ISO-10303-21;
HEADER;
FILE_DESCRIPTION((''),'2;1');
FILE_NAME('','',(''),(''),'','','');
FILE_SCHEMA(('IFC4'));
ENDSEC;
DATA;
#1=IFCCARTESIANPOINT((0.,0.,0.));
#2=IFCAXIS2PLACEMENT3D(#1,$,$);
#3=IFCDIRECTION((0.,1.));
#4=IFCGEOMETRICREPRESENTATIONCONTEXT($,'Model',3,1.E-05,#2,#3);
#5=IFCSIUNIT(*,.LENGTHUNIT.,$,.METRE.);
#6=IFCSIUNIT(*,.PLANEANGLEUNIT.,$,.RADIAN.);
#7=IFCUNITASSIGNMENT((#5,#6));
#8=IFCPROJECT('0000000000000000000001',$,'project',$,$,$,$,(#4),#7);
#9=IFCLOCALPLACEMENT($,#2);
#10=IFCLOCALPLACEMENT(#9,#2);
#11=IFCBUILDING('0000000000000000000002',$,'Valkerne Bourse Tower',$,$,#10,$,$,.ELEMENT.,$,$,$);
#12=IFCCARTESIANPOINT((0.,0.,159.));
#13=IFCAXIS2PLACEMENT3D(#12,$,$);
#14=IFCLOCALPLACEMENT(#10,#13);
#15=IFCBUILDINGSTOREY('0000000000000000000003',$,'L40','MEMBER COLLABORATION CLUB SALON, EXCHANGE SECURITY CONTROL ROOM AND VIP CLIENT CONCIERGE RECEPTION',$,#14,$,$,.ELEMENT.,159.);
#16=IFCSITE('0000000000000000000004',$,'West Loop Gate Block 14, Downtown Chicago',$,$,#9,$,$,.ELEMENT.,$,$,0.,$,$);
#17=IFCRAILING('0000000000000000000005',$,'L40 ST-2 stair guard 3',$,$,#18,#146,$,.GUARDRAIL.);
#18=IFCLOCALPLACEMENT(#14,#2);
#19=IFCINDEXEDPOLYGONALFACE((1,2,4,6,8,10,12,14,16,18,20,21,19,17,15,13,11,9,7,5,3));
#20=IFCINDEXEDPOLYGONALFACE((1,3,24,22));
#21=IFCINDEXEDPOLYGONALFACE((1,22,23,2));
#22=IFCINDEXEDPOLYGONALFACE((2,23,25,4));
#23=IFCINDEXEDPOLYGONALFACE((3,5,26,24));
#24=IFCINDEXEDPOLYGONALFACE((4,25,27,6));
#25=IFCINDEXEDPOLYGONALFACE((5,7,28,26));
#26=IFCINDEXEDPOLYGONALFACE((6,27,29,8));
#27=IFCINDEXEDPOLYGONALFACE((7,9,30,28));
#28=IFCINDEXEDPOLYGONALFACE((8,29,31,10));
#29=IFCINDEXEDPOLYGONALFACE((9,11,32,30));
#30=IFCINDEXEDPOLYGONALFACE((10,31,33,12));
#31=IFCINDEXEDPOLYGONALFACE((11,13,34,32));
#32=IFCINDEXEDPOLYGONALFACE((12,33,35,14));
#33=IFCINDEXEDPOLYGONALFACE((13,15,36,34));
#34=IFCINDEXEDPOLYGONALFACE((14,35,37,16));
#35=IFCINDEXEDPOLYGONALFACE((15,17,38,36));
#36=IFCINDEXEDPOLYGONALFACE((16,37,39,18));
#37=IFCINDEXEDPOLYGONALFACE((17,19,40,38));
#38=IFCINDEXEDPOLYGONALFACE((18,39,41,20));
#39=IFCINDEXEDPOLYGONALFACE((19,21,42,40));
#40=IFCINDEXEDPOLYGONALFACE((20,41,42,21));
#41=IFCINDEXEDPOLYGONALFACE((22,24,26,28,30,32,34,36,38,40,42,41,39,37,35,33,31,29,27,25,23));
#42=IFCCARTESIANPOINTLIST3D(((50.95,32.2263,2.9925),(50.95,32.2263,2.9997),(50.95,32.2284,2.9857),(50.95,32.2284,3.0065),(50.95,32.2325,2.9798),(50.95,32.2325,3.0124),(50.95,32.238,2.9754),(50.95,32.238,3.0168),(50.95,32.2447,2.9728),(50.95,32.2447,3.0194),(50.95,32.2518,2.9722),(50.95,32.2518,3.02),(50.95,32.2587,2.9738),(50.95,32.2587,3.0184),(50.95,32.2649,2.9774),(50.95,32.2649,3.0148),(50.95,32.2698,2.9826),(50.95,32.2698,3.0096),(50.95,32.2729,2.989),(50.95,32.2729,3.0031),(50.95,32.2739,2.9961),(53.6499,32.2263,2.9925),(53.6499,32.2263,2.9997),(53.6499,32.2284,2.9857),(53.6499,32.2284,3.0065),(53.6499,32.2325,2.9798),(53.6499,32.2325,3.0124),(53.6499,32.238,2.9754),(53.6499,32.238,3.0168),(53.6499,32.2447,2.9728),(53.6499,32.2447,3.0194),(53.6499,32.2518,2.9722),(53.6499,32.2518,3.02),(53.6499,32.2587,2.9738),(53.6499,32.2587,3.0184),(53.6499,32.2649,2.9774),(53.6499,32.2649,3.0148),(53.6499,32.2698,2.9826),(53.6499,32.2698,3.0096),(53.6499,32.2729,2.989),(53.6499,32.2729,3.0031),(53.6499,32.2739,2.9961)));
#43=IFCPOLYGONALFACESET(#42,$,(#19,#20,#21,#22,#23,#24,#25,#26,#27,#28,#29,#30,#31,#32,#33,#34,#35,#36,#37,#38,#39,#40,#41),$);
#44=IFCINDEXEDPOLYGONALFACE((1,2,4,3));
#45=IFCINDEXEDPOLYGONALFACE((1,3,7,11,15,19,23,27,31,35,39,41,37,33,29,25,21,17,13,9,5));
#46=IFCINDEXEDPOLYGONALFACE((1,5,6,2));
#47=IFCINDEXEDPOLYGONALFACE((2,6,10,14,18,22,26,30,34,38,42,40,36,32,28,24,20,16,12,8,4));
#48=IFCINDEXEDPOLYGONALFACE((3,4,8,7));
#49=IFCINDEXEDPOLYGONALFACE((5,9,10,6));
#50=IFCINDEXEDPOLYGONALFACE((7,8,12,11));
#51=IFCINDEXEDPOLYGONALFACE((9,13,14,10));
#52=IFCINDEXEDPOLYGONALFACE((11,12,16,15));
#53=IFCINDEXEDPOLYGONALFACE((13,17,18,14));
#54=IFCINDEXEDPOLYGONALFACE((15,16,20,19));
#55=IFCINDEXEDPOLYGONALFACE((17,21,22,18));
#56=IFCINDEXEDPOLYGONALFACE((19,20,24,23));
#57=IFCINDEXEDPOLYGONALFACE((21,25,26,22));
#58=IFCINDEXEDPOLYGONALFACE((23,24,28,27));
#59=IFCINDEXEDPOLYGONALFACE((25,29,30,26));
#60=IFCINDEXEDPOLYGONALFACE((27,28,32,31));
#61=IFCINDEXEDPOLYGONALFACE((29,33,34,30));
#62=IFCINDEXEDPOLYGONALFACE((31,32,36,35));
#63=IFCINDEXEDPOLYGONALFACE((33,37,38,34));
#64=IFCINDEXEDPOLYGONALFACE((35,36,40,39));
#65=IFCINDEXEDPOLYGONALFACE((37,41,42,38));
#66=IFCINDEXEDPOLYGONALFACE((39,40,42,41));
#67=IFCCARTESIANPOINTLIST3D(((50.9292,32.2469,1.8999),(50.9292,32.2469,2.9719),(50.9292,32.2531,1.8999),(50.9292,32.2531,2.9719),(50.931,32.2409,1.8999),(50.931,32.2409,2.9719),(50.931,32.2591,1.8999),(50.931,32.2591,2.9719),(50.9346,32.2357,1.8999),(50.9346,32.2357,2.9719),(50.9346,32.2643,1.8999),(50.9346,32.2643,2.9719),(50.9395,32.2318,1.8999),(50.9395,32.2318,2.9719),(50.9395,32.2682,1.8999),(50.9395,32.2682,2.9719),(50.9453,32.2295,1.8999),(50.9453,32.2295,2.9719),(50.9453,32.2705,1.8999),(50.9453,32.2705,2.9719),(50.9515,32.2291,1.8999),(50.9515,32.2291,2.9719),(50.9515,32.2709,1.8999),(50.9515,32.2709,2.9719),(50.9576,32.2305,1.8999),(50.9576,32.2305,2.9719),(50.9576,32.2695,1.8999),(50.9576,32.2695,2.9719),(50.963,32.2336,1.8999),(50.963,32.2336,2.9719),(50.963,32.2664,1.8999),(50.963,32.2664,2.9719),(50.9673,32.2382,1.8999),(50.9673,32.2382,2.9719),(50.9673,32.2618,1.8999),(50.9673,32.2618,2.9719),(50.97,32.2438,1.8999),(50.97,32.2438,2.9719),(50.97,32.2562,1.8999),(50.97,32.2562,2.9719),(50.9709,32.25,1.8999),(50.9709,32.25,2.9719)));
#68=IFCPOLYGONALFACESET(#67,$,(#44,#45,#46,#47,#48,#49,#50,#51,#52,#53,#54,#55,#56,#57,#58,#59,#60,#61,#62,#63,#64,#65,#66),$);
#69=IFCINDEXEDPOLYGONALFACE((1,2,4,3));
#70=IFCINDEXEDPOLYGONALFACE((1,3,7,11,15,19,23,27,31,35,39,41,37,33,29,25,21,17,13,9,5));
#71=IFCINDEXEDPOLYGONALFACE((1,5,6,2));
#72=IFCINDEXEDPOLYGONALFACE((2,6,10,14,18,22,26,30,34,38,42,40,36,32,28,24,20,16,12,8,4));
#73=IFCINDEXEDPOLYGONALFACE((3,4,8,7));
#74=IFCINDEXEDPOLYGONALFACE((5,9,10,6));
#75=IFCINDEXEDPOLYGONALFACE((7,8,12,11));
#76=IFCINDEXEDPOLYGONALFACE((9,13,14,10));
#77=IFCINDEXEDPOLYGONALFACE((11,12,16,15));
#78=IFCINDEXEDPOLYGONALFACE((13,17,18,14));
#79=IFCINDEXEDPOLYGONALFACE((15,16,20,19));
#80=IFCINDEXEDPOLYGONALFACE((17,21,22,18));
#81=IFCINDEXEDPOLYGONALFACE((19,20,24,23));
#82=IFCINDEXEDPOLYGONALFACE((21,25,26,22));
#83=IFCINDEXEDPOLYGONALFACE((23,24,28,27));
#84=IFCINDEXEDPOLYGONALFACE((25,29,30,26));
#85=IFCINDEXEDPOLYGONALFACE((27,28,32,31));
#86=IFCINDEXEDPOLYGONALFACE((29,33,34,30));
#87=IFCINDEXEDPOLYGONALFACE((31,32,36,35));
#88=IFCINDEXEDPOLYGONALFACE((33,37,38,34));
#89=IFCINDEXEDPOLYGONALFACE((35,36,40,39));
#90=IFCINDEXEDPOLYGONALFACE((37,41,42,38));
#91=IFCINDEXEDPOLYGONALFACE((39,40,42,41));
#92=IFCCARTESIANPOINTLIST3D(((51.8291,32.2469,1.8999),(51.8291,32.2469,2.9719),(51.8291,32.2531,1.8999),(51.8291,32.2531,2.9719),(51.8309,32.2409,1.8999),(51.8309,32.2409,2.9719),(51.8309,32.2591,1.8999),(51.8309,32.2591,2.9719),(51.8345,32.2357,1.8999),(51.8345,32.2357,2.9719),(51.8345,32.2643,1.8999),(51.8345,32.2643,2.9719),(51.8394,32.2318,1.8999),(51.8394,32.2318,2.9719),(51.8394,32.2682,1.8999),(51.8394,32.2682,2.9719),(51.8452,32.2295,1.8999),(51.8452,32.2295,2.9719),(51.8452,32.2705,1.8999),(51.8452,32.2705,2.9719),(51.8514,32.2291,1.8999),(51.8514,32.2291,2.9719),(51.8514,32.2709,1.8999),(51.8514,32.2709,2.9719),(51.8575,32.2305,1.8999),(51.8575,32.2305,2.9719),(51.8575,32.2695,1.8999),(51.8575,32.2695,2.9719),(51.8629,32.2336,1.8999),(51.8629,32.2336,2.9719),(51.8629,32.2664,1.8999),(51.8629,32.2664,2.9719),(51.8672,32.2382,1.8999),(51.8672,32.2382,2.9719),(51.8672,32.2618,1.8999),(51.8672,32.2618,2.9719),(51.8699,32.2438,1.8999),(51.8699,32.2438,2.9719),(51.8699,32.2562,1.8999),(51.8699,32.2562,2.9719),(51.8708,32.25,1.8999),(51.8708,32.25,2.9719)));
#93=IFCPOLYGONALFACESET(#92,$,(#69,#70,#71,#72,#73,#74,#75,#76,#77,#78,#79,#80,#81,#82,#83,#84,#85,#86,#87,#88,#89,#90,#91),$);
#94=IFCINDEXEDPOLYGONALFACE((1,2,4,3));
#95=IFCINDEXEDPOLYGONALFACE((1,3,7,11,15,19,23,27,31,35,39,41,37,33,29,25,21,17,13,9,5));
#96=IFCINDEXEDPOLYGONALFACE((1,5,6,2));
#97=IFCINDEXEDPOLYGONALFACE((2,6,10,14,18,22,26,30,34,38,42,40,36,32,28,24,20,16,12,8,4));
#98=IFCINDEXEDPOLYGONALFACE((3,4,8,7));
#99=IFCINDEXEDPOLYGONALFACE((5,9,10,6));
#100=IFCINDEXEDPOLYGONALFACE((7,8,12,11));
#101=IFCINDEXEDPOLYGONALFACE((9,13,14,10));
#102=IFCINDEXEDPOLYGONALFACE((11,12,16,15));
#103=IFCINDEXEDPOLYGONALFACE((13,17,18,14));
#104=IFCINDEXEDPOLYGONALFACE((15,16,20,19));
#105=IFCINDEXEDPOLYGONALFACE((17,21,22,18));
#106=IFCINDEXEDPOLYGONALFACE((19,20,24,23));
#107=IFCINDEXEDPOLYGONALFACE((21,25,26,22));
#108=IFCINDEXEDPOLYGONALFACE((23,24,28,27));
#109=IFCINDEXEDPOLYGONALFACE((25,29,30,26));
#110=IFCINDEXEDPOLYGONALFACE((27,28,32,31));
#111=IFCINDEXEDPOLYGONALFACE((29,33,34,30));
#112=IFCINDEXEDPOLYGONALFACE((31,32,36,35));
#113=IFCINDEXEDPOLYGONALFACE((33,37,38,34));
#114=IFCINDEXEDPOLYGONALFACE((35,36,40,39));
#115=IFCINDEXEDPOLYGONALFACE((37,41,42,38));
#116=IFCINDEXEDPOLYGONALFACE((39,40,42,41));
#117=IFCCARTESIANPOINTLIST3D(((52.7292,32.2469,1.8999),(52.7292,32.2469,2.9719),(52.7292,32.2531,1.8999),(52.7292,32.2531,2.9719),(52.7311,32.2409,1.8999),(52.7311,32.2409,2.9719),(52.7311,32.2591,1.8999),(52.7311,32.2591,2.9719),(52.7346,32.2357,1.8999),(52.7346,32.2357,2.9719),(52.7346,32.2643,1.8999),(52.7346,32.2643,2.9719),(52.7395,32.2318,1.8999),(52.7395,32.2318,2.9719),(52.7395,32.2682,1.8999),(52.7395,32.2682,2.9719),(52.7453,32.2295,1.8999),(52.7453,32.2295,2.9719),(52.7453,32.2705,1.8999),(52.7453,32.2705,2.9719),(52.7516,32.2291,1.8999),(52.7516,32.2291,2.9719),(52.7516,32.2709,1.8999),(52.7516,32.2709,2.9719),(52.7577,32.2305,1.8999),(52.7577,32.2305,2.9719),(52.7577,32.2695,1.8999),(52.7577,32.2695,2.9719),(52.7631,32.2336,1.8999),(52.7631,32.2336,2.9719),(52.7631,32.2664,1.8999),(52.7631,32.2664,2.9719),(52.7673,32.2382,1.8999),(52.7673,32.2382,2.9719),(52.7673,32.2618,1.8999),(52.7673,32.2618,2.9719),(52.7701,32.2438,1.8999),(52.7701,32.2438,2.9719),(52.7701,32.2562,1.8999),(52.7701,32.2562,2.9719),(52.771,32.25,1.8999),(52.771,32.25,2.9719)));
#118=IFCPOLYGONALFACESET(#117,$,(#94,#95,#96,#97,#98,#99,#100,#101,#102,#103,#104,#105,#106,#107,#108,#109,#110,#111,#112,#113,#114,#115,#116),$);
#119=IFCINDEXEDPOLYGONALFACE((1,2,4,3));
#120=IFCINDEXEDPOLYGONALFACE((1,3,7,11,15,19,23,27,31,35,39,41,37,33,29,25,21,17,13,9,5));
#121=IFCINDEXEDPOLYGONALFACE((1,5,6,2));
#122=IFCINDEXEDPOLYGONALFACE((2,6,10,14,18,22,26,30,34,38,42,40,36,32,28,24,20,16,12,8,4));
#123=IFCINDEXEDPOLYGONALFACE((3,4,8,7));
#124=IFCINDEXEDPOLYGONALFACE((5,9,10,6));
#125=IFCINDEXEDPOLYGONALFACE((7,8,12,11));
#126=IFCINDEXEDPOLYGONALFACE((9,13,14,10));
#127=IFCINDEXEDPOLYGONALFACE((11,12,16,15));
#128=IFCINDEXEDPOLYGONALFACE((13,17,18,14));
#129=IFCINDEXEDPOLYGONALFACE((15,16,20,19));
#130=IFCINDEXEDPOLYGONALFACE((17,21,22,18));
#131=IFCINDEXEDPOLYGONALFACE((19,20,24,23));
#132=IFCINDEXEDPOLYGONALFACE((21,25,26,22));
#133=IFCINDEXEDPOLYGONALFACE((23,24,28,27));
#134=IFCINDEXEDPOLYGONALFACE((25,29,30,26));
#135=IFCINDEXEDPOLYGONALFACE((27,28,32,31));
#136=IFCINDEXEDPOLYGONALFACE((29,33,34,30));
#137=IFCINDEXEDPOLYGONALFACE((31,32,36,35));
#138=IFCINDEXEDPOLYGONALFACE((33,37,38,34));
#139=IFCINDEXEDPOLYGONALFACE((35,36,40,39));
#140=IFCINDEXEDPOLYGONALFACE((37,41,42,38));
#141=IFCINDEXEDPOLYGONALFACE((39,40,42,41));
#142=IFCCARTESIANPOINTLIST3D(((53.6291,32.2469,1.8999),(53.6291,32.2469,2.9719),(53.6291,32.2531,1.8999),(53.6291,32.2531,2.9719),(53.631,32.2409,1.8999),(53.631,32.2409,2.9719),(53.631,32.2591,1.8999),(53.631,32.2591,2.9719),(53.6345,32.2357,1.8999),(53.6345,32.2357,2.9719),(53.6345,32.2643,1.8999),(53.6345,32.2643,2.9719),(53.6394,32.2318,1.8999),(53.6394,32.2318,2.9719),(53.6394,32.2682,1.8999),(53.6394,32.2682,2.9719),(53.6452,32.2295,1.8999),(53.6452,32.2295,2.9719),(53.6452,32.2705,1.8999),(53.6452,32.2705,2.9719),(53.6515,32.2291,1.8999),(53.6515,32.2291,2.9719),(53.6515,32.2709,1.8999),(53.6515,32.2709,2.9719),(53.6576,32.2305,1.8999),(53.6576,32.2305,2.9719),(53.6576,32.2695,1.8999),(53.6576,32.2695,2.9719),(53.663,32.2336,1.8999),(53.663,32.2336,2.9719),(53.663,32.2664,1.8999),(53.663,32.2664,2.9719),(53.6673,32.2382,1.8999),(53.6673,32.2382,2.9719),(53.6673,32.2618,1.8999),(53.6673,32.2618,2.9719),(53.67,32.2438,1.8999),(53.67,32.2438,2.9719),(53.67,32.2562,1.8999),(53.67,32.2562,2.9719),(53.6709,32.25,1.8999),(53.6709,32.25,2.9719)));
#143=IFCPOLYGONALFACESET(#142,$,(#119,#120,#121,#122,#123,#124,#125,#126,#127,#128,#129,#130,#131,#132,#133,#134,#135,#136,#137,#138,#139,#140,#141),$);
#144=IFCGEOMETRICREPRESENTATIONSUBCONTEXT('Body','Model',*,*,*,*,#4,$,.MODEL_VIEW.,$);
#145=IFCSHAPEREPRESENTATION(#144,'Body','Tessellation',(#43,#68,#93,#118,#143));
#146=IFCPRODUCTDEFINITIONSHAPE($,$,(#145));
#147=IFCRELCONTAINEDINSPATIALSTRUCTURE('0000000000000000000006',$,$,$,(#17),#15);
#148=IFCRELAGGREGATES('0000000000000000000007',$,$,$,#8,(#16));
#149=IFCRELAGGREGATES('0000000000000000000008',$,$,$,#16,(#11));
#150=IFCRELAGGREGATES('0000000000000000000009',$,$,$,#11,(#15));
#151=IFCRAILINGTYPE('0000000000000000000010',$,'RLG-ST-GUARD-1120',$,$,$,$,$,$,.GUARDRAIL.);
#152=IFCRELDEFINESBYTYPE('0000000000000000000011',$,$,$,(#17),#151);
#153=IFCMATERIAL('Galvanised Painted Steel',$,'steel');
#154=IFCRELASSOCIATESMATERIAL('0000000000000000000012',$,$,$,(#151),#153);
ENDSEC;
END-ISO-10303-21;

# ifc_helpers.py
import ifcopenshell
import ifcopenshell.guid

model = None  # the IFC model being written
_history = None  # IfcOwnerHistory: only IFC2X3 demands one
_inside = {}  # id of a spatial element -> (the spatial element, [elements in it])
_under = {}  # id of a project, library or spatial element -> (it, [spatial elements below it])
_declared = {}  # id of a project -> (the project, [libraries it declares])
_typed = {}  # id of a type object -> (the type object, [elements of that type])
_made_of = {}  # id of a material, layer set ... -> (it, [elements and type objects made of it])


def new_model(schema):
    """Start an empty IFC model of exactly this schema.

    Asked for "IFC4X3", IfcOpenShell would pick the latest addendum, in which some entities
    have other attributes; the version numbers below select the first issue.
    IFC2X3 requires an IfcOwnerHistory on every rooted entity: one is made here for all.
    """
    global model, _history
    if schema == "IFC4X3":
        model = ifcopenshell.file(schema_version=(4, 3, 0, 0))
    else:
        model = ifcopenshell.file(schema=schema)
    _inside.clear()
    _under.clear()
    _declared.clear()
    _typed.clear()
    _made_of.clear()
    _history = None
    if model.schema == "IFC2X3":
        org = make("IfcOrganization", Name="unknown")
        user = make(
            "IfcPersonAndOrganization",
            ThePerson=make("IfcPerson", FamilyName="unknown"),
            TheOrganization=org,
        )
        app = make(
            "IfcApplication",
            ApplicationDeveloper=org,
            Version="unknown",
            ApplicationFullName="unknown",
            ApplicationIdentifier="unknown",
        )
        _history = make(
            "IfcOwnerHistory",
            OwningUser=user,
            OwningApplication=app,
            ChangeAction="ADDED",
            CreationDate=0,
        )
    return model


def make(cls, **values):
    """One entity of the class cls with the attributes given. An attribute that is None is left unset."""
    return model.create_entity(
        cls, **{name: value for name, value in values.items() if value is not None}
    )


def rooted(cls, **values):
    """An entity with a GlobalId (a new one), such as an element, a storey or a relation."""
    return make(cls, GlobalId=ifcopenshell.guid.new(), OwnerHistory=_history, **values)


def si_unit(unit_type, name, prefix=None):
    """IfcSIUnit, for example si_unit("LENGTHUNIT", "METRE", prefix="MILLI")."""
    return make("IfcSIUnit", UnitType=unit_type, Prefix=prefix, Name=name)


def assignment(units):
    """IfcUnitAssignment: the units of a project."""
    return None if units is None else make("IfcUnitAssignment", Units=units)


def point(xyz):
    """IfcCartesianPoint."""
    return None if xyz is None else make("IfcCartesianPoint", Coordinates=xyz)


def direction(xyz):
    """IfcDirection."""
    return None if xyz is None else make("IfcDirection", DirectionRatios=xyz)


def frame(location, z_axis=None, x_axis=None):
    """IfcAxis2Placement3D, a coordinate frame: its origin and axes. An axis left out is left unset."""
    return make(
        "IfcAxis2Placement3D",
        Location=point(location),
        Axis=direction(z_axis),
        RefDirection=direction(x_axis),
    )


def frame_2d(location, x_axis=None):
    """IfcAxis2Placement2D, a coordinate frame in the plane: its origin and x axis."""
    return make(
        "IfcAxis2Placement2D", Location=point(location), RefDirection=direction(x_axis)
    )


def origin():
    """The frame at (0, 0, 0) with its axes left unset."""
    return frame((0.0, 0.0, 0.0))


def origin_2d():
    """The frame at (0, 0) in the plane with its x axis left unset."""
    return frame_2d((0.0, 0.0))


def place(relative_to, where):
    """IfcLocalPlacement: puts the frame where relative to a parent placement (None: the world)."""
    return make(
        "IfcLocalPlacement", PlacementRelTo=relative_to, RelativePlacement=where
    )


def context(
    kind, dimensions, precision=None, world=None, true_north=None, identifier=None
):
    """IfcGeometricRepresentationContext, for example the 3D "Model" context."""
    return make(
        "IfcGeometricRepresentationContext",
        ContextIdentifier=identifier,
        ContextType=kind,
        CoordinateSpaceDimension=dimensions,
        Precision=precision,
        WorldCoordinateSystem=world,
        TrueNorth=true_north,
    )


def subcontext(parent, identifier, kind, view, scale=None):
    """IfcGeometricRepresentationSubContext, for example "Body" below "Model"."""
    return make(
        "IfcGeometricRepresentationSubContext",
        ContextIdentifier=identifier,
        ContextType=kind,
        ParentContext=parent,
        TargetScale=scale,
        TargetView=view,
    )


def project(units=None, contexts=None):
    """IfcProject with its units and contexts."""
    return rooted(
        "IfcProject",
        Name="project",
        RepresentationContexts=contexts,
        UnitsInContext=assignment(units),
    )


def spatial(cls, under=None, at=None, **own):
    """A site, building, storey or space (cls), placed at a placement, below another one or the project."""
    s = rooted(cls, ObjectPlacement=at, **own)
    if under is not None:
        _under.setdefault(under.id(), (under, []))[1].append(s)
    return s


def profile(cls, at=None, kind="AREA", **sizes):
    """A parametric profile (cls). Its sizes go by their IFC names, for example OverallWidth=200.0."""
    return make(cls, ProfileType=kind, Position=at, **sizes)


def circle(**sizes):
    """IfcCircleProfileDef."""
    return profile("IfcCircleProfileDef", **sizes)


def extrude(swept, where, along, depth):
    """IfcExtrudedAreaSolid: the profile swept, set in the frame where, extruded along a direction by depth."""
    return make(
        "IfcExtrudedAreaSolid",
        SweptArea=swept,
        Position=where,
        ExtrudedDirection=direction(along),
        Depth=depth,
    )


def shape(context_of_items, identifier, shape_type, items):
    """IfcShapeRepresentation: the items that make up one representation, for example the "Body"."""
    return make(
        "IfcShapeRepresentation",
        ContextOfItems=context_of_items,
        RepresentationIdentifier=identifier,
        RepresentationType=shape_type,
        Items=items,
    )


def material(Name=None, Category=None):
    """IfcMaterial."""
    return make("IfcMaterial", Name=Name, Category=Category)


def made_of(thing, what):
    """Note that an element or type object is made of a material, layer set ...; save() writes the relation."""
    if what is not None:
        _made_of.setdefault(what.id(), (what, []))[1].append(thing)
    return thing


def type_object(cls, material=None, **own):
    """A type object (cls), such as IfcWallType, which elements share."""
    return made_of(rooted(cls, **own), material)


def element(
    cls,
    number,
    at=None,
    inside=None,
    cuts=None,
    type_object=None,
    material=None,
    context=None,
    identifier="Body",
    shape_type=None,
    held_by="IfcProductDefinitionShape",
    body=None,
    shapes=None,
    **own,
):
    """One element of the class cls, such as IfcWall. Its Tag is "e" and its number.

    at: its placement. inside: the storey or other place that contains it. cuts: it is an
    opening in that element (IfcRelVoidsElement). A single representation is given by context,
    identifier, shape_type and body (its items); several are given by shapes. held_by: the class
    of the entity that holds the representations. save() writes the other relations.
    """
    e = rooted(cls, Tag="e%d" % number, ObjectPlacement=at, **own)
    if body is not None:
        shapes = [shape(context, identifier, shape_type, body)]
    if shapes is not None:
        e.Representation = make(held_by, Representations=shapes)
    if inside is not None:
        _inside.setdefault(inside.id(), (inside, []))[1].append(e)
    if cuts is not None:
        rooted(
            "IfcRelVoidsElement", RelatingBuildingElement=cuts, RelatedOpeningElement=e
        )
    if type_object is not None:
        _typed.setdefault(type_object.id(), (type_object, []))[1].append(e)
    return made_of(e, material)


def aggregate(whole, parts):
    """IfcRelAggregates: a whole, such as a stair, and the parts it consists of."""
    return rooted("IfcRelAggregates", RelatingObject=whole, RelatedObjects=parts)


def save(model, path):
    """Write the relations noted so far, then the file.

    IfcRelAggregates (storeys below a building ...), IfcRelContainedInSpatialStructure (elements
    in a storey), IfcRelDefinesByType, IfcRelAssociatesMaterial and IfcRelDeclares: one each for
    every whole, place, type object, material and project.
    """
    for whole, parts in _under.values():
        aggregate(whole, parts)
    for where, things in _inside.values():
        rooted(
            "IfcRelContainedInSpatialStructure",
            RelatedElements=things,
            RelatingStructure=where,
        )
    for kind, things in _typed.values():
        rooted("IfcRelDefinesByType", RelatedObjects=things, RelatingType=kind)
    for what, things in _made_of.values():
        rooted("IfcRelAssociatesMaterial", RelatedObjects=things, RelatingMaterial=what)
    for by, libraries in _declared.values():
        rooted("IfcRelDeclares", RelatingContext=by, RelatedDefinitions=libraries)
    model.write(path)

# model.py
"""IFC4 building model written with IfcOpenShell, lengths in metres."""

from ifc_helpers import new_model, si_unit, direction, frame, origin, origin_2d, place, context, subcontext, project, spatial, circle, extrude, material, type_object, element, save


model = new_model("IFC4")

# Units and contexts
model_context = context("Model", 3, precision=1e-05, world=origin(), true_north=direction((0.0, 1.0)))
body_context = subcontext(model_context, "Body", "Model", "MODEL_VIEW")
ifc_project = project(units=[si_unit("LENGTHUNIT", "METRE"), si_unit("PLANEANGLEUNIT", "RADIAN")], contexts=[model_context])

# Site, building, storey
site_placement = place(None, origin())
site = spatial("IfcSite", under=ifc_project, at=site_placement, Name="West Loop Gate Block 14, Downtown Chicago", CompositionType="ELEMENT", RefElevation=0.0)
building_placement = place(site_placement, origin())
building = spatial("IfcBuilding", under=site, at=building_placement, Name="Valkerne Bourse Tower", CompositionType="ELEMENT")
storey_placement = place(building_placement, frame((0.0, 0.0, 159.0)))
storey = spatial("IfcBuildingStorey", under=building, at=storey_placement, Name="L40", Description="MEMBER COLLABORATION CLUB SALON, EXCHANGE SECURITY CONTROL ROOM AND VIP CLIENT CONCIERGE RECEPTION", CompositionType="ELEMENT", Elevation=159.0)

# Shared definitions
ifc_material_1 = material(Name="Galvanised Painted Steel", Category="steel")

# Railing
railing_type_1 = type_object("IfcRailingType", Name="RLG-ST-GUARD-1120", PredefinedType="GUARDRAIL", material=ifc_material_1)
railing_1_placement = place(storey_placement, frame((50.95, 32.25, 1.8999)))
element("IfcRailing", 1, at=railing_1_placement, inside=storey, type_object=railing_type_1, Name="L40 ST-2 stair guard 3", PredefinedType="GUARDRAIL", context=body_context, shape_type="SweptSolid", body=[
    extrude(circle(Radius=0.0239, at=origin_2d()), frame((0.0, 0.0, 1.0962), z_axis=(1.0, 0.0, 0.0), x_axis=(0.0, 1.0, 0.0)), (0.0, 0.0, 1.0), 2.7),
    extrude(circle(Radius=0.021, at=origin_2d()), origin(), (0.0, 0.0, 1.0), 1.072),
    extrude(circle(Radius=0.021, at=origin_2d()), frame((0.8999, 0.0, 0.0)), (0.0, 0.0, 1.0), 1.072),
    extrude(circle(Radius=0.021, at=origin_2d()), frame((1.8, 0.0, 0.0)), (0.0, 0.0, 1.0), 1.072),
    extrude(circle(Radius=0.021, at=origin_2d()), frame((2.7, 0.0, 0.0)), (0.0, 0.0, 1.0), 1.072),
])

save(model, "model.ifc")
